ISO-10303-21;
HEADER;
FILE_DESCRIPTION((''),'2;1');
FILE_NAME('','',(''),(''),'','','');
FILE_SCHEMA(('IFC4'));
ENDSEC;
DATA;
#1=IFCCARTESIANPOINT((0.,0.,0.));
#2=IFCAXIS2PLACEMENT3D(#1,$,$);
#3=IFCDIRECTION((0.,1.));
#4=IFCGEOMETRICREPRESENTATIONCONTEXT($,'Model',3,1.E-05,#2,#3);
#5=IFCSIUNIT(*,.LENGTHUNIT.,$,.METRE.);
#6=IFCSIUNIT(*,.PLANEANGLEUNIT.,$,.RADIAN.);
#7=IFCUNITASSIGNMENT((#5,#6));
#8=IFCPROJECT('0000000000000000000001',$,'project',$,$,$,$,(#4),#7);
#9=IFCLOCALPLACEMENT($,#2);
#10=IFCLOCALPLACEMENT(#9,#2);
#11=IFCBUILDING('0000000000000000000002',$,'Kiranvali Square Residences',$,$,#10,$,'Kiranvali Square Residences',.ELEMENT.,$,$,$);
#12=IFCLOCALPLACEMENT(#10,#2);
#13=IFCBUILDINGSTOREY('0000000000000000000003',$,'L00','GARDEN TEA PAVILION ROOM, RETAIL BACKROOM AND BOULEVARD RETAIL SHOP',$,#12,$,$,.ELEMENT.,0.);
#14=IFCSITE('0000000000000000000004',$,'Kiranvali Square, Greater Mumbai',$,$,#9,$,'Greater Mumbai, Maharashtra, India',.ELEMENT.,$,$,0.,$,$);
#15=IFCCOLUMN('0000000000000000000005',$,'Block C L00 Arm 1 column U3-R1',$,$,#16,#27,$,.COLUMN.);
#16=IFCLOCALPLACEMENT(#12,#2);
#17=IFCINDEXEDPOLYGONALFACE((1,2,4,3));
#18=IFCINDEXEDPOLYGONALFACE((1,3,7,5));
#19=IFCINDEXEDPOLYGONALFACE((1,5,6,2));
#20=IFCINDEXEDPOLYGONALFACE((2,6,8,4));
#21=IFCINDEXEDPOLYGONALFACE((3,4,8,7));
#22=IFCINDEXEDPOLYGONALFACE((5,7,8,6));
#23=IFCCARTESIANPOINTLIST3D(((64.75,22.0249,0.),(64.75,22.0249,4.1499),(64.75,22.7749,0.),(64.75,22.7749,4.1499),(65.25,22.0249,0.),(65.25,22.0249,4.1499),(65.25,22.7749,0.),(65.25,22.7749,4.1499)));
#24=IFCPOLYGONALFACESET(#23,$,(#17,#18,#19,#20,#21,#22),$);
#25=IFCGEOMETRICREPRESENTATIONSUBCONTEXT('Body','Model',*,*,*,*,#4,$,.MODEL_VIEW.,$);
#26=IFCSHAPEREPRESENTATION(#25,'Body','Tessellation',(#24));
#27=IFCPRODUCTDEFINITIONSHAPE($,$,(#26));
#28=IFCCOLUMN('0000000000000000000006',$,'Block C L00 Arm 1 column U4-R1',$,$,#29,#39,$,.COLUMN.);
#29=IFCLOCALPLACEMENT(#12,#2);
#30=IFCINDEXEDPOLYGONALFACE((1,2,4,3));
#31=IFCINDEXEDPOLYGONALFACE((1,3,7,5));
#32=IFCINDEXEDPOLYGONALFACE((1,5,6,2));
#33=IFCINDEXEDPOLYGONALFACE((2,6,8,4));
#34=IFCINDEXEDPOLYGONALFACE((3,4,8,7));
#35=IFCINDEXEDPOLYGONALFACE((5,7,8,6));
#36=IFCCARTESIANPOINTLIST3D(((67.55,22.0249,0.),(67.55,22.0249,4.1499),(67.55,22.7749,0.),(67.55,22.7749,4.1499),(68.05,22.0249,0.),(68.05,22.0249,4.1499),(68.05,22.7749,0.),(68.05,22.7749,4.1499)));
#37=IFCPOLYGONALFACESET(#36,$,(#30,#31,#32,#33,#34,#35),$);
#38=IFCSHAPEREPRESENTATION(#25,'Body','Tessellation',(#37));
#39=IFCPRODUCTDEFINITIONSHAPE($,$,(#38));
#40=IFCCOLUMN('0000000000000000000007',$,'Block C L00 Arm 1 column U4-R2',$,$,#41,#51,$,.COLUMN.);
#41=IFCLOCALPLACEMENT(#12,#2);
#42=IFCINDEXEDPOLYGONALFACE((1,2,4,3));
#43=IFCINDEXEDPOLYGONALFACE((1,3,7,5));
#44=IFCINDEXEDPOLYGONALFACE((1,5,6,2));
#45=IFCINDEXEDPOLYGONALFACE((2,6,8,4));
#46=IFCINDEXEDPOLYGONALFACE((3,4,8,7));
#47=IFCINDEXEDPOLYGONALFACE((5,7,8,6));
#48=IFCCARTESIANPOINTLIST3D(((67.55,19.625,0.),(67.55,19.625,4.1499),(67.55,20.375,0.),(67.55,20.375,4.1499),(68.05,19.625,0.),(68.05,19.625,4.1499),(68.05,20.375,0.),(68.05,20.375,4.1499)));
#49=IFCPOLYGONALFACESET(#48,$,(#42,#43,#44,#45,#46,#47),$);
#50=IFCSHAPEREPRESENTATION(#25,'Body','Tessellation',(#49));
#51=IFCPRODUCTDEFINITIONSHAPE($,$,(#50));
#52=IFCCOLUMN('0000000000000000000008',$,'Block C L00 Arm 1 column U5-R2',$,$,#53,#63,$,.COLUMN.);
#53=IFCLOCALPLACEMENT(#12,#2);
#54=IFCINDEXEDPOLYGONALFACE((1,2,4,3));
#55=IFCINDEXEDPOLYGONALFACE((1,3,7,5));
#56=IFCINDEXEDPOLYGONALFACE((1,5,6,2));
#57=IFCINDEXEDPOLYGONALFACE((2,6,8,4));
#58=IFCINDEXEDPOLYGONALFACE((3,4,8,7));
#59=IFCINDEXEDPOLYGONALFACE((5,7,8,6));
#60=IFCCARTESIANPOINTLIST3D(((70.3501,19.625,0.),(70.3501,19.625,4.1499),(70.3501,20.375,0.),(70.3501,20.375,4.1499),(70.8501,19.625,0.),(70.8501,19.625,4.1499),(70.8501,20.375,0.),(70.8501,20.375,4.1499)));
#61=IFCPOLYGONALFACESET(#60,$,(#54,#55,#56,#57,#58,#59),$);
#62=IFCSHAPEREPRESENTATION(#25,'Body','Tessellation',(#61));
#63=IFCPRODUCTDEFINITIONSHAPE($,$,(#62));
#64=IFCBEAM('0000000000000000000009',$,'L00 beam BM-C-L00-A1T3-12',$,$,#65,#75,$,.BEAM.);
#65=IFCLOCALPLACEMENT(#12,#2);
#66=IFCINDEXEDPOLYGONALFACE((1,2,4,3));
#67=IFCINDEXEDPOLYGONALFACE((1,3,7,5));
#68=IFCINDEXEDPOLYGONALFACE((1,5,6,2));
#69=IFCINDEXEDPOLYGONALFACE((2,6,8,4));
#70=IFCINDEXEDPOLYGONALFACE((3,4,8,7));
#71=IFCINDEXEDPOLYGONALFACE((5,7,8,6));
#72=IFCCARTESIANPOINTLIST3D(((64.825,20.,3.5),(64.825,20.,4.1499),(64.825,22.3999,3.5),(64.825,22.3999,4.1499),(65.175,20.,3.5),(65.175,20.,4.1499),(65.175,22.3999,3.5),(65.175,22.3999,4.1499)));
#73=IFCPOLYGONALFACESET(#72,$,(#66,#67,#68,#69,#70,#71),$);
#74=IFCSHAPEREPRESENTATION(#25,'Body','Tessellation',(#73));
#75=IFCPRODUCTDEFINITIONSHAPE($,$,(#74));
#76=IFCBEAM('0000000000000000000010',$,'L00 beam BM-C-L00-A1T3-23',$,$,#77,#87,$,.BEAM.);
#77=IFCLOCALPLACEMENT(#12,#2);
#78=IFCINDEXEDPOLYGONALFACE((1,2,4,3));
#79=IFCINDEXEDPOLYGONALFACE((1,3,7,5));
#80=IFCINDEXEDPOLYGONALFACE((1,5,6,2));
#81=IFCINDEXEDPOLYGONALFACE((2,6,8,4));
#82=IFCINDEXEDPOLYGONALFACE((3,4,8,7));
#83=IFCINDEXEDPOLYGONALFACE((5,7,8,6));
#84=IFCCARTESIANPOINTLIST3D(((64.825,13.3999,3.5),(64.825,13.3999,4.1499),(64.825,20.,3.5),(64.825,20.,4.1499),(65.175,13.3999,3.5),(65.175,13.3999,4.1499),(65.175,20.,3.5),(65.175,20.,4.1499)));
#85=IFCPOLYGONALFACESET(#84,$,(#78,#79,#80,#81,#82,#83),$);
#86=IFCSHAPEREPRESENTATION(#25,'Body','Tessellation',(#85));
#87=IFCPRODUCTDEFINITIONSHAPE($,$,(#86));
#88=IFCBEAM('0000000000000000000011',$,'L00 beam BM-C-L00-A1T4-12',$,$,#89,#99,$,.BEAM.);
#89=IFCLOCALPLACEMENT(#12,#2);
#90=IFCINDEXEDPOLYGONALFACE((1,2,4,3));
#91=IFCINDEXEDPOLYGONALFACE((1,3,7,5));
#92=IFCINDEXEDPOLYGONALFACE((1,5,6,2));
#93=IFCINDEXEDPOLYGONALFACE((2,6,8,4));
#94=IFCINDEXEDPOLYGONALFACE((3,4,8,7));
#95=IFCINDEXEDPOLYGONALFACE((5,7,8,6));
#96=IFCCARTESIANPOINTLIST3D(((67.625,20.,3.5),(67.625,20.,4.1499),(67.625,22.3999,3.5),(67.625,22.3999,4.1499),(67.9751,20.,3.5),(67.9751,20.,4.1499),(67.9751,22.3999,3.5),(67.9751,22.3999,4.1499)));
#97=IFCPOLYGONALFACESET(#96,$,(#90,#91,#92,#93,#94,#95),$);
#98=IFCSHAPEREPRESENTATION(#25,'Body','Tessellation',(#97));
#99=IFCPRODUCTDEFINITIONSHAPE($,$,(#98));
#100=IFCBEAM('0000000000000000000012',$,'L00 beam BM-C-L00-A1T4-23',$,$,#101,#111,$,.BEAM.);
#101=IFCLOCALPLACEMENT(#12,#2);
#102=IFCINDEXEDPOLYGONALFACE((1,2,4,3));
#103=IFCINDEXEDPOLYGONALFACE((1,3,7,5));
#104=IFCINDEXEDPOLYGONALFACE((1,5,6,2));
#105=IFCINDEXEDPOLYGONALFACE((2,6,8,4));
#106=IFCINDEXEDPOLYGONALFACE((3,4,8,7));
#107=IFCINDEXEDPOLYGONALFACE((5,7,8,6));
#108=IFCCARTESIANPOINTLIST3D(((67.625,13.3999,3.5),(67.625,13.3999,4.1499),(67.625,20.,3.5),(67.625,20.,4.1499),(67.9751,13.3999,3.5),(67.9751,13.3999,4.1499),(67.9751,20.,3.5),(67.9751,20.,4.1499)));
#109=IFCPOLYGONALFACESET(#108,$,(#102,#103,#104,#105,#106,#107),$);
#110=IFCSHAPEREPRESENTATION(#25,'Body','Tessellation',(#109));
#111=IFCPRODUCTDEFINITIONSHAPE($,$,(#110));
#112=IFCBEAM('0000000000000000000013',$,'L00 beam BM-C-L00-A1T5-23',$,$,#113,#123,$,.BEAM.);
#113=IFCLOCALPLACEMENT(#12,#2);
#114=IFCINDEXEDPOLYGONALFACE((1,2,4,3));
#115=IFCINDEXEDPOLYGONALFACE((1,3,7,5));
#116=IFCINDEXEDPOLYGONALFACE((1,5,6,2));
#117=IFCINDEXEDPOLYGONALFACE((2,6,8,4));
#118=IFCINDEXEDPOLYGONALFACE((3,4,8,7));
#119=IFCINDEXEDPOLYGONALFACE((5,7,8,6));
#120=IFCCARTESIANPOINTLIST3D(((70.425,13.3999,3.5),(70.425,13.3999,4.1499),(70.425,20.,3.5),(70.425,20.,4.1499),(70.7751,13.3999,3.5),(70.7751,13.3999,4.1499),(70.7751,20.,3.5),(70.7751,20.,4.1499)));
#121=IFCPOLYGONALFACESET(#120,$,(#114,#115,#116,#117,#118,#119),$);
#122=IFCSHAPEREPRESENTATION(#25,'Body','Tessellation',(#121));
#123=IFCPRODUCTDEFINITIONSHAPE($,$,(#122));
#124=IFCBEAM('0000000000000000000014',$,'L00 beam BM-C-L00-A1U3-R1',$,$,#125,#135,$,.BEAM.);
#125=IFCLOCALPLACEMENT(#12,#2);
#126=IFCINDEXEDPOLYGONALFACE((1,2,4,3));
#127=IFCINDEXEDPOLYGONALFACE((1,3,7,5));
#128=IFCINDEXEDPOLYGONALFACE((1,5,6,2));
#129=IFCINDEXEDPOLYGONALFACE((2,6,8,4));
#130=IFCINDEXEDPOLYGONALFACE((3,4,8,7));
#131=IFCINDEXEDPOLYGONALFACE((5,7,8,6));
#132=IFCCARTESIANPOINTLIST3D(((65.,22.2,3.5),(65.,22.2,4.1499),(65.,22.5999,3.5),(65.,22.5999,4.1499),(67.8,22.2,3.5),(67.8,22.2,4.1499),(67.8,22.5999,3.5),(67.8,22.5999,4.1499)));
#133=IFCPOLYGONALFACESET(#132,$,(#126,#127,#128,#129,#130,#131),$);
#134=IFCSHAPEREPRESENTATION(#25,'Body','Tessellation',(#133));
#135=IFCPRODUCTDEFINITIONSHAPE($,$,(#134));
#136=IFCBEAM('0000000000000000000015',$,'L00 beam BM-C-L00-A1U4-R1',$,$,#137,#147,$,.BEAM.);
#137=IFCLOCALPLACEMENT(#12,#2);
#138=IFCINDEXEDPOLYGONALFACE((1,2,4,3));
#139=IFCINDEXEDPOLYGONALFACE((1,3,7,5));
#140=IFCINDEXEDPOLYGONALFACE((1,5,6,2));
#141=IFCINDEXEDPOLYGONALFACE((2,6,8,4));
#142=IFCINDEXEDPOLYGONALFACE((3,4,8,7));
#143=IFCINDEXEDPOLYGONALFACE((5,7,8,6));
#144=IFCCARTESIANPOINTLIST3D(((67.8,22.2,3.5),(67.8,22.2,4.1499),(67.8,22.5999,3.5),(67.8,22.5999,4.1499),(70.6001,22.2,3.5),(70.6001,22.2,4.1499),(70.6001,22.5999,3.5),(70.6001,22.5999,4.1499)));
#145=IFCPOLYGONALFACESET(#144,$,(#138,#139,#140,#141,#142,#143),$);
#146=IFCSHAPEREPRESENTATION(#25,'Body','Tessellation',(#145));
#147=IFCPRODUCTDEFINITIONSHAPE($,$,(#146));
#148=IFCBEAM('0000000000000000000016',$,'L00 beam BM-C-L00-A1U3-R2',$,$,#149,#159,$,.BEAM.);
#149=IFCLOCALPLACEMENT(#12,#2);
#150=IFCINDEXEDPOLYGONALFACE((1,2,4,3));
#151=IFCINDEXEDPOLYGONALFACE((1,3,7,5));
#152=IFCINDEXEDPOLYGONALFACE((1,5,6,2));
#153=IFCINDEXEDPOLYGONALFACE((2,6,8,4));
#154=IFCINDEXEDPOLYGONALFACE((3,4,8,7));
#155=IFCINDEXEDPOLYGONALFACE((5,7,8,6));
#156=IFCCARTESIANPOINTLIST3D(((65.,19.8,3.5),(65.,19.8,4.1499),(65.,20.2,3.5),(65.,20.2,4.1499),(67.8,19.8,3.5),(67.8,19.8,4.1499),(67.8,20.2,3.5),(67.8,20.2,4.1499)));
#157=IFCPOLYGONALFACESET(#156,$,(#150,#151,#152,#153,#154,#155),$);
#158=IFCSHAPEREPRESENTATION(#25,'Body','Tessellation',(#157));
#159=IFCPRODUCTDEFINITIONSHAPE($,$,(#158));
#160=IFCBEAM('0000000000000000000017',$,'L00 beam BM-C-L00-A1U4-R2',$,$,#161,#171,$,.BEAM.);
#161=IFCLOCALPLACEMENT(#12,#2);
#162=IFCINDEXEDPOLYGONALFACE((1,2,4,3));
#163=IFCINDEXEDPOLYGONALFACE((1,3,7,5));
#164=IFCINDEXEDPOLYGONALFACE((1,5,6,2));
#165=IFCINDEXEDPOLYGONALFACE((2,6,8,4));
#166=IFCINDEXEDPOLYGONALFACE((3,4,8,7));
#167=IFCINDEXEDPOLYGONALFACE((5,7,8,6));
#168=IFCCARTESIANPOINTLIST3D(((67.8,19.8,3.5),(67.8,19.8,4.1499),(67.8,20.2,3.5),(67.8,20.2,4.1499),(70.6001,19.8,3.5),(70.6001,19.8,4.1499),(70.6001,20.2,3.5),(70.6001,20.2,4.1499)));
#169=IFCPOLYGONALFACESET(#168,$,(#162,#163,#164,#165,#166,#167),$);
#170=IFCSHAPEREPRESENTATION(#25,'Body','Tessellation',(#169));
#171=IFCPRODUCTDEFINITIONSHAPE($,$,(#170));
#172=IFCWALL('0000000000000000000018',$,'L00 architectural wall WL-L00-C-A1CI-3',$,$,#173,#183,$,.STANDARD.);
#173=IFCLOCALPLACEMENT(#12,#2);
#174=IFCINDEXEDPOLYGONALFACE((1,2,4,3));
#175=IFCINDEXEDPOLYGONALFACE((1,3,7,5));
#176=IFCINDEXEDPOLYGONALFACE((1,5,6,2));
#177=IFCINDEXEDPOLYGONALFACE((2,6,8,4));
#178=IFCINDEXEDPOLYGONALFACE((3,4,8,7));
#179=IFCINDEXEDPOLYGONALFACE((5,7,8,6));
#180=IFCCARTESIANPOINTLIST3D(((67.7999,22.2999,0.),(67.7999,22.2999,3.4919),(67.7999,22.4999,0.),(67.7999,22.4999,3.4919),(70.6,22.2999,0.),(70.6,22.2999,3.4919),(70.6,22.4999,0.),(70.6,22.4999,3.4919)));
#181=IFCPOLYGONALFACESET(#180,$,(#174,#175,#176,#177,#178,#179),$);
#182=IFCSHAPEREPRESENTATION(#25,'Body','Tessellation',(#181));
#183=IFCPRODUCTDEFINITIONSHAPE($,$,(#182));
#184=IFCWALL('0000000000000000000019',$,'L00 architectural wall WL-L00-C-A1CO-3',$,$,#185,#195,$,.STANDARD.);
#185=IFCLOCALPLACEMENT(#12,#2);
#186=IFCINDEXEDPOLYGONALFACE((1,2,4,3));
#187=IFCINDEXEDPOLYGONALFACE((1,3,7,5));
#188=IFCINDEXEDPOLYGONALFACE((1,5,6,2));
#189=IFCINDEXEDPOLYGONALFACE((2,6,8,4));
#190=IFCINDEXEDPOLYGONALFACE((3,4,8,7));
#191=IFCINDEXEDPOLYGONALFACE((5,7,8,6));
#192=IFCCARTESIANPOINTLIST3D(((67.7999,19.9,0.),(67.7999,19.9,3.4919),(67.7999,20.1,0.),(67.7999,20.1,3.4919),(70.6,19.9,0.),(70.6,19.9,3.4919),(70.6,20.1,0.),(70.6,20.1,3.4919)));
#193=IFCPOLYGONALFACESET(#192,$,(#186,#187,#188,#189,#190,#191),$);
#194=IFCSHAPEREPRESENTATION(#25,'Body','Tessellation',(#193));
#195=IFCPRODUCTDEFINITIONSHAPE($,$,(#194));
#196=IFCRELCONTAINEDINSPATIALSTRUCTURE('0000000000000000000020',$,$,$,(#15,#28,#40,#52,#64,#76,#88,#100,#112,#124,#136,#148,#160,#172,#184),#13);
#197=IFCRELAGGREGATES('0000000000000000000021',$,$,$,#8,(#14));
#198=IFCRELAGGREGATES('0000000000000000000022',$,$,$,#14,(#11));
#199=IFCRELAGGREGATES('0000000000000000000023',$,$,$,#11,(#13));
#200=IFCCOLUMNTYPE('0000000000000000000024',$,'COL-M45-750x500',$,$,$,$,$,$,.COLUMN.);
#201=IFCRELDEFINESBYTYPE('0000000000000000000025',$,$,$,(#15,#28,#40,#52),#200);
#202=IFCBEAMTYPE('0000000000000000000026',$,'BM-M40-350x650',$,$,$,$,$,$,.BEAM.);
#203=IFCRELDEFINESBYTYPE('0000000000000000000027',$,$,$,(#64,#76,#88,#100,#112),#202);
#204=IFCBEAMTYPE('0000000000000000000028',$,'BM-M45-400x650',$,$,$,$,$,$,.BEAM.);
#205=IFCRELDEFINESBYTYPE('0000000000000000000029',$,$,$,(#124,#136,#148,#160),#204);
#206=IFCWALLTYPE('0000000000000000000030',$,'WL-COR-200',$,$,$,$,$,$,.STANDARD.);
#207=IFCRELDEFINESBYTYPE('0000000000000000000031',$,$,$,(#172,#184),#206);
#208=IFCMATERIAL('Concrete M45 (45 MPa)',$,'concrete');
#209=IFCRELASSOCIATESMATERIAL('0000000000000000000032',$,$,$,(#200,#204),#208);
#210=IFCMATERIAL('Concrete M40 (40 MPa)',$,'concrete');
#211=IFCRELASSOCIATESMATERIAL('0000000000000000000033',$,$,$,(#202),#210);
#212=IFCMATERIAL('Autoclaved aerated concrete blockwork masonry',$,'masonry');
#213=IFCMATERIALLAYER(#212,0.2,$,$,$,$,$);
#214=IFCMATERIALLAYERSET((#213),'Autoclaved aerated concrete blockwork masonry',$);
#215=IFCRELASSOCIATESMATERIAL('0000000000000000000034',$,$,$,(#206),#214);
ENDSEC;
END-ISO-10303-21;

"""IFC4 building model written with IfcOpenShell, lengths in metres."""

from ifc_helpers import new_model, si_unit, direction, frame, frame_2d, origin, origin_2d, place, context, subcontext, project, spatial, rectangle, extrude, material, layer, layer_set, material_profile, profile_set, type_object, element, save


model = new_model("IFC4")

# Units and contexts
model_context = context("Model", 3, precision=1e-05, world=origin(), true_north=direction((0.0, 1.0)))
body_context = subcontext(model_context, "Body", "Model", "MODEL_VIEW")
ifc_project = project(units=[si_unit("LENGTHUNIT", "METRE"), si_unit("PLANEANGLEUNIT", "RADIAN")], contexts=[model_context])

# Site, building, storey
site_placement = place(None, origin())
site = spatial("IfcSite", under=ifc_project, at=site_placement, Name="Kiranvali Square, Greater Mumbai", LongName="Greater Mumbai, Maharashtra, India", CompositionType="ELEMENT", RefElevation=0.0)
building_placement = place(site_placement, origin())
building = spatial("IfcBuilding", under=site, at=building_placement, Name="Kiranvali Square Residences", LongName="Kiranvali Square Residences", CompositionType="ELEMENT")
storey_placement = place(building_placement, origin())
storey = spatial("IfcBuildingStorey", under=building, at=storey_placement, Name="L00", Description="GARDEN TEA PAVILION ROOM, RETAIL BACKROOM AND BOULEVARD RETAIL SHOP", CompositionType="ELEMENT", Elevation=0.0)

# Columns
ifc_material_1 = material(Name="Concrete M45 (45 MPa)", Category="concrete")
ifc_material_profile_1 = material_profile(ifc_material_1, rectangle(XDim=0.5, YDim=0.75, at=origin_2d()), Name="RC 750x500")
ifc_profile_set_1 = profile_set([ifc_material_profile_1], Name="Concrete M45 (45 MPa)")
column_type = type_object("IfcColumnType", Name="COL-M45-750x500", PredefinedType="COLUMN", material=ifc_profile_set_1)
for number, where, z_axis, x_axis, name in (
    (1, (65.0, 22.3999, 0.0), (0.0, 0.0, 1.0), (1.0, 0.0, 0.0), "Block C L00 Arm 1 column U3-R1"),
    (2, (67.8, 22.3999, 0.0), (0.0, 0.0, 1.0), (1.0, 0.0, 0.0), "Block C L00 Arm 1 column U4-R1"),
    (3, (67.8, 20.0, 0.0), (0.0, 0.0, 1.0), (1.0, 0.0, 0.0), "Block C L00 Arm 1 column U4-R2"),
    (4, (70.6001, 20.0, 0.0), (0.0, 0.0, 1.0), (1.0, 0.0, 0.0), "Block C L00 Arm 1 column U5-R2"),
):
    element("IfcColumn", number, at=place(storey_placement, frame(where, z_axis=z_axis, x_axis=x_axis)), inside=storey, type_object=column_type, Name=name, PredefinedType="COLUMN", context=body_context, shape_type="SweptSolid", body=[
        extrude(rectangle(XDim=0.5, YDim=0.75, at=origin_2d()), origin(), (0.0, 0.0, 1.0), 4.1499),
    ])

# Beams
ifc_material_2 = material(Name="Concrete M40 (40 MPa)", Category="concrete")
ifc_material_profile_2 = material_profile(ifc_material_2, rectangle(XDim=0.3501, YDim=0.6499, at=origin_2d()), Name="RC 350x650")
ifc_profile_set_2 = profile_set([ifc_material_profile_2], Name="Concrete M40 (40 MPa)")
beam_type_1 = type_object("IfcBeamType", Name="BM-M40-350x650", PredefinedType="BEAM", material=ifc_profile_set_2)
beam_1_placement = place(storey_placement, frame((65.0, 22.3999, 3.825), z_axis=(0.0, -1.0, 0.0), x_axis=(1.0, 0.0, 0.0)))
element("IfcBeam", 5, at=beam_1_placement, inside=storey, type_object=beam_type_1, Name="L00 beam BM-C-L00-A1T3-12", PredefinedType="BEAM", context=body_context, shape_type="SweptSolid", body=[
    extrude(rectangle(XDim=0.3501, YDim=0.6499, at=origin_2d()), origin(), (0.0, 0.0, 1.0), 2.3999),
])
beam_2_placement = place(storey_placement, frame((65.0, 20.0, 3.825), z_axis=(0.0, -1.0, 0.0), x_axis=(1.0, 0.0, 0.0)))
element("IfcBeam", 6, at=beam_2_placement, inside=storey, type_object=beam_type_1, Name="L00 beam BM-C-L00-A1T3-23", PredefinedType="BEAM", context=body_context, shape_type="SweptSolid", body=[
    extrude(rectangle(XDim=0.3501, YDim=0.6499, at=origin_2d()), origin(), (0.0, 0.0, 1.0), 6.6001),
])
beam_3_placement = place(storey_placement, frame((67.8, 22.3999, 3.825), z_axis=(0.0, -1.0, 0.0), x_axis=(1.0, 0.0, 0.0)))
element("IfcBeam", 7, at=beam_3_placement, inside=storey, type_object=beam_type_1, Name="L00 beam BM-C-L00-A1T4-12", PredefinedType="BEAM", context=body_context, shape_type="SweptSolid", body=[
    extrude(rectangle(XDim=0.3501, YDim=0.6499, at=origin_2d()), origin(), (0.0, 0.0, 1.0), 2.3999),
])
for number, where, z_axis, x_axis, name in (
    (8, (67.8, 20.0, 3.825), (0.0, -1.0, 0.0), (1.0, 0.0, 0.0), "L00 beam BM-C-L00-A1T4-23"),
    (9, (70.6001, 20.0, 3.825), (0.0, -1.0, 0.0), (1.0, 0.0, 0.0), "L00 beam BM-C-L00-A1T5-23"),
):
    element("IfcBeam", number, at=place(storey_placement, frame(where, z_axis=z_axis, x_axis=x_axis)), inside=storey, type_object=beam_type_1, Name=name, PredefinedType="BEAM", context=body_context, shape_type="SweptSolid", body=[
        extrude(rectangle(XDim=0.3501, YDim=0.6499, at=origin_2d()), origin(), (0.0, 0.0, 1.0), 6.6001),
    ])
ifc_material_profile_3 = material_profile(ifc_material_1, rectangle(XDim=0.3999, YDim=0.6499, at=origin_2d()), Name="RC 400x650")
ifc_profile_set_3 = profile_set([ifc_material_profile_3], Name="Concrete M45 (45 MPa)")
beam_type_2 = type_object("IfcBeamType", Name="BM-M45-400x650", PredefinedType="BEAM", material=ifc_profile_set_3)
for number, where, z_axis, x_axis, name in (
    (10, (65.0, 22.3999, 3.825), (1.0, 0.0, 0.0), (0.0, 1.0, 0.0), "L00 beam BM-C-L00-A1U3-R1"),
    (11, (67.8, 22.3999, 3.825), (1.0, 0.0, 0.0), (0.0, 1.0, 0.0), "L00 beam BM-C-L00-A1U4-R1"),
    (12, (65.0, 20.0, 3.825), (1.0, 0.0, 0.0), (0.0, 1.0, 0.0), "L00 beam BM-C-L00-A1U3-R2"),
    (13, (67.8, 20.0, 3.825), (1.0, 0.0, 0.0), (0.0, 1.0, 0.0), "L00 beam BM-C-L00-A1U4-R2"),
):
    element("IfcBeam", number, at=place(storey_placement, frame(where, z_axis=z_axis, x_axis=x_axis)), inside=storey, type_object=beam_type_2, Name=name, PredefinedType="BEAM", context=body_context, shape_type="SweptSolid", body=[
        extrude(rectangle(XDim=0.3999, YDim=0.6499, at=origin_2d()), origin(), (0.0, 0.0, 1.0), 2.8),
    ])

# Shared definitions
ifc_material_3 = material(Name="Autoclaved aerated concrete blockwork masonry", Category="masonry")
ifc_layer_1 = layer(ifc_material_3, 0.2)
ifc_layer_set_1 = layer_set([ifc_layer_1], Name="Autoclaved aerated concrete blockwork masonry")
wall_type_1 = type_object("IfcWallType", Name="WL-COR-200", PredefinedType="STANDARD", material=ifc_layer_set_1)

# Walls
for number, where, z_axis, x_axis, name in (
    (14, (67.8, 22.3999, 0.0), (0.0, 0.0, 1.0), (1.0, 0.0, 0.0), "L00 architectural wall WL-L00-C-A1CI-3"),
    (15, (67.8, 20.0, 0.0), (0.0, 0.0, 1.0), (1.0, 0.0, 0.0), "L00 architectural wall WL-L00-C-A1CO-3"),
):
    element("IfcWall", number, at=place(storey_placement, frame(where, z_axis=z_axis, x_axis=x_axis)), inside=storey, type_object=wall_type_1, Name=name, PredefinedType="STANDARD", context=body_context, shape_type="SweptSolid", body=[
        extrude(rectangle(XDim=2.8, YDim=0.2, at=frame_2d((1.3999, 0.0))), origin(), (0.0, 0.0, 1.0), 3.4919),
    ])

save(model, "model.ifc")
